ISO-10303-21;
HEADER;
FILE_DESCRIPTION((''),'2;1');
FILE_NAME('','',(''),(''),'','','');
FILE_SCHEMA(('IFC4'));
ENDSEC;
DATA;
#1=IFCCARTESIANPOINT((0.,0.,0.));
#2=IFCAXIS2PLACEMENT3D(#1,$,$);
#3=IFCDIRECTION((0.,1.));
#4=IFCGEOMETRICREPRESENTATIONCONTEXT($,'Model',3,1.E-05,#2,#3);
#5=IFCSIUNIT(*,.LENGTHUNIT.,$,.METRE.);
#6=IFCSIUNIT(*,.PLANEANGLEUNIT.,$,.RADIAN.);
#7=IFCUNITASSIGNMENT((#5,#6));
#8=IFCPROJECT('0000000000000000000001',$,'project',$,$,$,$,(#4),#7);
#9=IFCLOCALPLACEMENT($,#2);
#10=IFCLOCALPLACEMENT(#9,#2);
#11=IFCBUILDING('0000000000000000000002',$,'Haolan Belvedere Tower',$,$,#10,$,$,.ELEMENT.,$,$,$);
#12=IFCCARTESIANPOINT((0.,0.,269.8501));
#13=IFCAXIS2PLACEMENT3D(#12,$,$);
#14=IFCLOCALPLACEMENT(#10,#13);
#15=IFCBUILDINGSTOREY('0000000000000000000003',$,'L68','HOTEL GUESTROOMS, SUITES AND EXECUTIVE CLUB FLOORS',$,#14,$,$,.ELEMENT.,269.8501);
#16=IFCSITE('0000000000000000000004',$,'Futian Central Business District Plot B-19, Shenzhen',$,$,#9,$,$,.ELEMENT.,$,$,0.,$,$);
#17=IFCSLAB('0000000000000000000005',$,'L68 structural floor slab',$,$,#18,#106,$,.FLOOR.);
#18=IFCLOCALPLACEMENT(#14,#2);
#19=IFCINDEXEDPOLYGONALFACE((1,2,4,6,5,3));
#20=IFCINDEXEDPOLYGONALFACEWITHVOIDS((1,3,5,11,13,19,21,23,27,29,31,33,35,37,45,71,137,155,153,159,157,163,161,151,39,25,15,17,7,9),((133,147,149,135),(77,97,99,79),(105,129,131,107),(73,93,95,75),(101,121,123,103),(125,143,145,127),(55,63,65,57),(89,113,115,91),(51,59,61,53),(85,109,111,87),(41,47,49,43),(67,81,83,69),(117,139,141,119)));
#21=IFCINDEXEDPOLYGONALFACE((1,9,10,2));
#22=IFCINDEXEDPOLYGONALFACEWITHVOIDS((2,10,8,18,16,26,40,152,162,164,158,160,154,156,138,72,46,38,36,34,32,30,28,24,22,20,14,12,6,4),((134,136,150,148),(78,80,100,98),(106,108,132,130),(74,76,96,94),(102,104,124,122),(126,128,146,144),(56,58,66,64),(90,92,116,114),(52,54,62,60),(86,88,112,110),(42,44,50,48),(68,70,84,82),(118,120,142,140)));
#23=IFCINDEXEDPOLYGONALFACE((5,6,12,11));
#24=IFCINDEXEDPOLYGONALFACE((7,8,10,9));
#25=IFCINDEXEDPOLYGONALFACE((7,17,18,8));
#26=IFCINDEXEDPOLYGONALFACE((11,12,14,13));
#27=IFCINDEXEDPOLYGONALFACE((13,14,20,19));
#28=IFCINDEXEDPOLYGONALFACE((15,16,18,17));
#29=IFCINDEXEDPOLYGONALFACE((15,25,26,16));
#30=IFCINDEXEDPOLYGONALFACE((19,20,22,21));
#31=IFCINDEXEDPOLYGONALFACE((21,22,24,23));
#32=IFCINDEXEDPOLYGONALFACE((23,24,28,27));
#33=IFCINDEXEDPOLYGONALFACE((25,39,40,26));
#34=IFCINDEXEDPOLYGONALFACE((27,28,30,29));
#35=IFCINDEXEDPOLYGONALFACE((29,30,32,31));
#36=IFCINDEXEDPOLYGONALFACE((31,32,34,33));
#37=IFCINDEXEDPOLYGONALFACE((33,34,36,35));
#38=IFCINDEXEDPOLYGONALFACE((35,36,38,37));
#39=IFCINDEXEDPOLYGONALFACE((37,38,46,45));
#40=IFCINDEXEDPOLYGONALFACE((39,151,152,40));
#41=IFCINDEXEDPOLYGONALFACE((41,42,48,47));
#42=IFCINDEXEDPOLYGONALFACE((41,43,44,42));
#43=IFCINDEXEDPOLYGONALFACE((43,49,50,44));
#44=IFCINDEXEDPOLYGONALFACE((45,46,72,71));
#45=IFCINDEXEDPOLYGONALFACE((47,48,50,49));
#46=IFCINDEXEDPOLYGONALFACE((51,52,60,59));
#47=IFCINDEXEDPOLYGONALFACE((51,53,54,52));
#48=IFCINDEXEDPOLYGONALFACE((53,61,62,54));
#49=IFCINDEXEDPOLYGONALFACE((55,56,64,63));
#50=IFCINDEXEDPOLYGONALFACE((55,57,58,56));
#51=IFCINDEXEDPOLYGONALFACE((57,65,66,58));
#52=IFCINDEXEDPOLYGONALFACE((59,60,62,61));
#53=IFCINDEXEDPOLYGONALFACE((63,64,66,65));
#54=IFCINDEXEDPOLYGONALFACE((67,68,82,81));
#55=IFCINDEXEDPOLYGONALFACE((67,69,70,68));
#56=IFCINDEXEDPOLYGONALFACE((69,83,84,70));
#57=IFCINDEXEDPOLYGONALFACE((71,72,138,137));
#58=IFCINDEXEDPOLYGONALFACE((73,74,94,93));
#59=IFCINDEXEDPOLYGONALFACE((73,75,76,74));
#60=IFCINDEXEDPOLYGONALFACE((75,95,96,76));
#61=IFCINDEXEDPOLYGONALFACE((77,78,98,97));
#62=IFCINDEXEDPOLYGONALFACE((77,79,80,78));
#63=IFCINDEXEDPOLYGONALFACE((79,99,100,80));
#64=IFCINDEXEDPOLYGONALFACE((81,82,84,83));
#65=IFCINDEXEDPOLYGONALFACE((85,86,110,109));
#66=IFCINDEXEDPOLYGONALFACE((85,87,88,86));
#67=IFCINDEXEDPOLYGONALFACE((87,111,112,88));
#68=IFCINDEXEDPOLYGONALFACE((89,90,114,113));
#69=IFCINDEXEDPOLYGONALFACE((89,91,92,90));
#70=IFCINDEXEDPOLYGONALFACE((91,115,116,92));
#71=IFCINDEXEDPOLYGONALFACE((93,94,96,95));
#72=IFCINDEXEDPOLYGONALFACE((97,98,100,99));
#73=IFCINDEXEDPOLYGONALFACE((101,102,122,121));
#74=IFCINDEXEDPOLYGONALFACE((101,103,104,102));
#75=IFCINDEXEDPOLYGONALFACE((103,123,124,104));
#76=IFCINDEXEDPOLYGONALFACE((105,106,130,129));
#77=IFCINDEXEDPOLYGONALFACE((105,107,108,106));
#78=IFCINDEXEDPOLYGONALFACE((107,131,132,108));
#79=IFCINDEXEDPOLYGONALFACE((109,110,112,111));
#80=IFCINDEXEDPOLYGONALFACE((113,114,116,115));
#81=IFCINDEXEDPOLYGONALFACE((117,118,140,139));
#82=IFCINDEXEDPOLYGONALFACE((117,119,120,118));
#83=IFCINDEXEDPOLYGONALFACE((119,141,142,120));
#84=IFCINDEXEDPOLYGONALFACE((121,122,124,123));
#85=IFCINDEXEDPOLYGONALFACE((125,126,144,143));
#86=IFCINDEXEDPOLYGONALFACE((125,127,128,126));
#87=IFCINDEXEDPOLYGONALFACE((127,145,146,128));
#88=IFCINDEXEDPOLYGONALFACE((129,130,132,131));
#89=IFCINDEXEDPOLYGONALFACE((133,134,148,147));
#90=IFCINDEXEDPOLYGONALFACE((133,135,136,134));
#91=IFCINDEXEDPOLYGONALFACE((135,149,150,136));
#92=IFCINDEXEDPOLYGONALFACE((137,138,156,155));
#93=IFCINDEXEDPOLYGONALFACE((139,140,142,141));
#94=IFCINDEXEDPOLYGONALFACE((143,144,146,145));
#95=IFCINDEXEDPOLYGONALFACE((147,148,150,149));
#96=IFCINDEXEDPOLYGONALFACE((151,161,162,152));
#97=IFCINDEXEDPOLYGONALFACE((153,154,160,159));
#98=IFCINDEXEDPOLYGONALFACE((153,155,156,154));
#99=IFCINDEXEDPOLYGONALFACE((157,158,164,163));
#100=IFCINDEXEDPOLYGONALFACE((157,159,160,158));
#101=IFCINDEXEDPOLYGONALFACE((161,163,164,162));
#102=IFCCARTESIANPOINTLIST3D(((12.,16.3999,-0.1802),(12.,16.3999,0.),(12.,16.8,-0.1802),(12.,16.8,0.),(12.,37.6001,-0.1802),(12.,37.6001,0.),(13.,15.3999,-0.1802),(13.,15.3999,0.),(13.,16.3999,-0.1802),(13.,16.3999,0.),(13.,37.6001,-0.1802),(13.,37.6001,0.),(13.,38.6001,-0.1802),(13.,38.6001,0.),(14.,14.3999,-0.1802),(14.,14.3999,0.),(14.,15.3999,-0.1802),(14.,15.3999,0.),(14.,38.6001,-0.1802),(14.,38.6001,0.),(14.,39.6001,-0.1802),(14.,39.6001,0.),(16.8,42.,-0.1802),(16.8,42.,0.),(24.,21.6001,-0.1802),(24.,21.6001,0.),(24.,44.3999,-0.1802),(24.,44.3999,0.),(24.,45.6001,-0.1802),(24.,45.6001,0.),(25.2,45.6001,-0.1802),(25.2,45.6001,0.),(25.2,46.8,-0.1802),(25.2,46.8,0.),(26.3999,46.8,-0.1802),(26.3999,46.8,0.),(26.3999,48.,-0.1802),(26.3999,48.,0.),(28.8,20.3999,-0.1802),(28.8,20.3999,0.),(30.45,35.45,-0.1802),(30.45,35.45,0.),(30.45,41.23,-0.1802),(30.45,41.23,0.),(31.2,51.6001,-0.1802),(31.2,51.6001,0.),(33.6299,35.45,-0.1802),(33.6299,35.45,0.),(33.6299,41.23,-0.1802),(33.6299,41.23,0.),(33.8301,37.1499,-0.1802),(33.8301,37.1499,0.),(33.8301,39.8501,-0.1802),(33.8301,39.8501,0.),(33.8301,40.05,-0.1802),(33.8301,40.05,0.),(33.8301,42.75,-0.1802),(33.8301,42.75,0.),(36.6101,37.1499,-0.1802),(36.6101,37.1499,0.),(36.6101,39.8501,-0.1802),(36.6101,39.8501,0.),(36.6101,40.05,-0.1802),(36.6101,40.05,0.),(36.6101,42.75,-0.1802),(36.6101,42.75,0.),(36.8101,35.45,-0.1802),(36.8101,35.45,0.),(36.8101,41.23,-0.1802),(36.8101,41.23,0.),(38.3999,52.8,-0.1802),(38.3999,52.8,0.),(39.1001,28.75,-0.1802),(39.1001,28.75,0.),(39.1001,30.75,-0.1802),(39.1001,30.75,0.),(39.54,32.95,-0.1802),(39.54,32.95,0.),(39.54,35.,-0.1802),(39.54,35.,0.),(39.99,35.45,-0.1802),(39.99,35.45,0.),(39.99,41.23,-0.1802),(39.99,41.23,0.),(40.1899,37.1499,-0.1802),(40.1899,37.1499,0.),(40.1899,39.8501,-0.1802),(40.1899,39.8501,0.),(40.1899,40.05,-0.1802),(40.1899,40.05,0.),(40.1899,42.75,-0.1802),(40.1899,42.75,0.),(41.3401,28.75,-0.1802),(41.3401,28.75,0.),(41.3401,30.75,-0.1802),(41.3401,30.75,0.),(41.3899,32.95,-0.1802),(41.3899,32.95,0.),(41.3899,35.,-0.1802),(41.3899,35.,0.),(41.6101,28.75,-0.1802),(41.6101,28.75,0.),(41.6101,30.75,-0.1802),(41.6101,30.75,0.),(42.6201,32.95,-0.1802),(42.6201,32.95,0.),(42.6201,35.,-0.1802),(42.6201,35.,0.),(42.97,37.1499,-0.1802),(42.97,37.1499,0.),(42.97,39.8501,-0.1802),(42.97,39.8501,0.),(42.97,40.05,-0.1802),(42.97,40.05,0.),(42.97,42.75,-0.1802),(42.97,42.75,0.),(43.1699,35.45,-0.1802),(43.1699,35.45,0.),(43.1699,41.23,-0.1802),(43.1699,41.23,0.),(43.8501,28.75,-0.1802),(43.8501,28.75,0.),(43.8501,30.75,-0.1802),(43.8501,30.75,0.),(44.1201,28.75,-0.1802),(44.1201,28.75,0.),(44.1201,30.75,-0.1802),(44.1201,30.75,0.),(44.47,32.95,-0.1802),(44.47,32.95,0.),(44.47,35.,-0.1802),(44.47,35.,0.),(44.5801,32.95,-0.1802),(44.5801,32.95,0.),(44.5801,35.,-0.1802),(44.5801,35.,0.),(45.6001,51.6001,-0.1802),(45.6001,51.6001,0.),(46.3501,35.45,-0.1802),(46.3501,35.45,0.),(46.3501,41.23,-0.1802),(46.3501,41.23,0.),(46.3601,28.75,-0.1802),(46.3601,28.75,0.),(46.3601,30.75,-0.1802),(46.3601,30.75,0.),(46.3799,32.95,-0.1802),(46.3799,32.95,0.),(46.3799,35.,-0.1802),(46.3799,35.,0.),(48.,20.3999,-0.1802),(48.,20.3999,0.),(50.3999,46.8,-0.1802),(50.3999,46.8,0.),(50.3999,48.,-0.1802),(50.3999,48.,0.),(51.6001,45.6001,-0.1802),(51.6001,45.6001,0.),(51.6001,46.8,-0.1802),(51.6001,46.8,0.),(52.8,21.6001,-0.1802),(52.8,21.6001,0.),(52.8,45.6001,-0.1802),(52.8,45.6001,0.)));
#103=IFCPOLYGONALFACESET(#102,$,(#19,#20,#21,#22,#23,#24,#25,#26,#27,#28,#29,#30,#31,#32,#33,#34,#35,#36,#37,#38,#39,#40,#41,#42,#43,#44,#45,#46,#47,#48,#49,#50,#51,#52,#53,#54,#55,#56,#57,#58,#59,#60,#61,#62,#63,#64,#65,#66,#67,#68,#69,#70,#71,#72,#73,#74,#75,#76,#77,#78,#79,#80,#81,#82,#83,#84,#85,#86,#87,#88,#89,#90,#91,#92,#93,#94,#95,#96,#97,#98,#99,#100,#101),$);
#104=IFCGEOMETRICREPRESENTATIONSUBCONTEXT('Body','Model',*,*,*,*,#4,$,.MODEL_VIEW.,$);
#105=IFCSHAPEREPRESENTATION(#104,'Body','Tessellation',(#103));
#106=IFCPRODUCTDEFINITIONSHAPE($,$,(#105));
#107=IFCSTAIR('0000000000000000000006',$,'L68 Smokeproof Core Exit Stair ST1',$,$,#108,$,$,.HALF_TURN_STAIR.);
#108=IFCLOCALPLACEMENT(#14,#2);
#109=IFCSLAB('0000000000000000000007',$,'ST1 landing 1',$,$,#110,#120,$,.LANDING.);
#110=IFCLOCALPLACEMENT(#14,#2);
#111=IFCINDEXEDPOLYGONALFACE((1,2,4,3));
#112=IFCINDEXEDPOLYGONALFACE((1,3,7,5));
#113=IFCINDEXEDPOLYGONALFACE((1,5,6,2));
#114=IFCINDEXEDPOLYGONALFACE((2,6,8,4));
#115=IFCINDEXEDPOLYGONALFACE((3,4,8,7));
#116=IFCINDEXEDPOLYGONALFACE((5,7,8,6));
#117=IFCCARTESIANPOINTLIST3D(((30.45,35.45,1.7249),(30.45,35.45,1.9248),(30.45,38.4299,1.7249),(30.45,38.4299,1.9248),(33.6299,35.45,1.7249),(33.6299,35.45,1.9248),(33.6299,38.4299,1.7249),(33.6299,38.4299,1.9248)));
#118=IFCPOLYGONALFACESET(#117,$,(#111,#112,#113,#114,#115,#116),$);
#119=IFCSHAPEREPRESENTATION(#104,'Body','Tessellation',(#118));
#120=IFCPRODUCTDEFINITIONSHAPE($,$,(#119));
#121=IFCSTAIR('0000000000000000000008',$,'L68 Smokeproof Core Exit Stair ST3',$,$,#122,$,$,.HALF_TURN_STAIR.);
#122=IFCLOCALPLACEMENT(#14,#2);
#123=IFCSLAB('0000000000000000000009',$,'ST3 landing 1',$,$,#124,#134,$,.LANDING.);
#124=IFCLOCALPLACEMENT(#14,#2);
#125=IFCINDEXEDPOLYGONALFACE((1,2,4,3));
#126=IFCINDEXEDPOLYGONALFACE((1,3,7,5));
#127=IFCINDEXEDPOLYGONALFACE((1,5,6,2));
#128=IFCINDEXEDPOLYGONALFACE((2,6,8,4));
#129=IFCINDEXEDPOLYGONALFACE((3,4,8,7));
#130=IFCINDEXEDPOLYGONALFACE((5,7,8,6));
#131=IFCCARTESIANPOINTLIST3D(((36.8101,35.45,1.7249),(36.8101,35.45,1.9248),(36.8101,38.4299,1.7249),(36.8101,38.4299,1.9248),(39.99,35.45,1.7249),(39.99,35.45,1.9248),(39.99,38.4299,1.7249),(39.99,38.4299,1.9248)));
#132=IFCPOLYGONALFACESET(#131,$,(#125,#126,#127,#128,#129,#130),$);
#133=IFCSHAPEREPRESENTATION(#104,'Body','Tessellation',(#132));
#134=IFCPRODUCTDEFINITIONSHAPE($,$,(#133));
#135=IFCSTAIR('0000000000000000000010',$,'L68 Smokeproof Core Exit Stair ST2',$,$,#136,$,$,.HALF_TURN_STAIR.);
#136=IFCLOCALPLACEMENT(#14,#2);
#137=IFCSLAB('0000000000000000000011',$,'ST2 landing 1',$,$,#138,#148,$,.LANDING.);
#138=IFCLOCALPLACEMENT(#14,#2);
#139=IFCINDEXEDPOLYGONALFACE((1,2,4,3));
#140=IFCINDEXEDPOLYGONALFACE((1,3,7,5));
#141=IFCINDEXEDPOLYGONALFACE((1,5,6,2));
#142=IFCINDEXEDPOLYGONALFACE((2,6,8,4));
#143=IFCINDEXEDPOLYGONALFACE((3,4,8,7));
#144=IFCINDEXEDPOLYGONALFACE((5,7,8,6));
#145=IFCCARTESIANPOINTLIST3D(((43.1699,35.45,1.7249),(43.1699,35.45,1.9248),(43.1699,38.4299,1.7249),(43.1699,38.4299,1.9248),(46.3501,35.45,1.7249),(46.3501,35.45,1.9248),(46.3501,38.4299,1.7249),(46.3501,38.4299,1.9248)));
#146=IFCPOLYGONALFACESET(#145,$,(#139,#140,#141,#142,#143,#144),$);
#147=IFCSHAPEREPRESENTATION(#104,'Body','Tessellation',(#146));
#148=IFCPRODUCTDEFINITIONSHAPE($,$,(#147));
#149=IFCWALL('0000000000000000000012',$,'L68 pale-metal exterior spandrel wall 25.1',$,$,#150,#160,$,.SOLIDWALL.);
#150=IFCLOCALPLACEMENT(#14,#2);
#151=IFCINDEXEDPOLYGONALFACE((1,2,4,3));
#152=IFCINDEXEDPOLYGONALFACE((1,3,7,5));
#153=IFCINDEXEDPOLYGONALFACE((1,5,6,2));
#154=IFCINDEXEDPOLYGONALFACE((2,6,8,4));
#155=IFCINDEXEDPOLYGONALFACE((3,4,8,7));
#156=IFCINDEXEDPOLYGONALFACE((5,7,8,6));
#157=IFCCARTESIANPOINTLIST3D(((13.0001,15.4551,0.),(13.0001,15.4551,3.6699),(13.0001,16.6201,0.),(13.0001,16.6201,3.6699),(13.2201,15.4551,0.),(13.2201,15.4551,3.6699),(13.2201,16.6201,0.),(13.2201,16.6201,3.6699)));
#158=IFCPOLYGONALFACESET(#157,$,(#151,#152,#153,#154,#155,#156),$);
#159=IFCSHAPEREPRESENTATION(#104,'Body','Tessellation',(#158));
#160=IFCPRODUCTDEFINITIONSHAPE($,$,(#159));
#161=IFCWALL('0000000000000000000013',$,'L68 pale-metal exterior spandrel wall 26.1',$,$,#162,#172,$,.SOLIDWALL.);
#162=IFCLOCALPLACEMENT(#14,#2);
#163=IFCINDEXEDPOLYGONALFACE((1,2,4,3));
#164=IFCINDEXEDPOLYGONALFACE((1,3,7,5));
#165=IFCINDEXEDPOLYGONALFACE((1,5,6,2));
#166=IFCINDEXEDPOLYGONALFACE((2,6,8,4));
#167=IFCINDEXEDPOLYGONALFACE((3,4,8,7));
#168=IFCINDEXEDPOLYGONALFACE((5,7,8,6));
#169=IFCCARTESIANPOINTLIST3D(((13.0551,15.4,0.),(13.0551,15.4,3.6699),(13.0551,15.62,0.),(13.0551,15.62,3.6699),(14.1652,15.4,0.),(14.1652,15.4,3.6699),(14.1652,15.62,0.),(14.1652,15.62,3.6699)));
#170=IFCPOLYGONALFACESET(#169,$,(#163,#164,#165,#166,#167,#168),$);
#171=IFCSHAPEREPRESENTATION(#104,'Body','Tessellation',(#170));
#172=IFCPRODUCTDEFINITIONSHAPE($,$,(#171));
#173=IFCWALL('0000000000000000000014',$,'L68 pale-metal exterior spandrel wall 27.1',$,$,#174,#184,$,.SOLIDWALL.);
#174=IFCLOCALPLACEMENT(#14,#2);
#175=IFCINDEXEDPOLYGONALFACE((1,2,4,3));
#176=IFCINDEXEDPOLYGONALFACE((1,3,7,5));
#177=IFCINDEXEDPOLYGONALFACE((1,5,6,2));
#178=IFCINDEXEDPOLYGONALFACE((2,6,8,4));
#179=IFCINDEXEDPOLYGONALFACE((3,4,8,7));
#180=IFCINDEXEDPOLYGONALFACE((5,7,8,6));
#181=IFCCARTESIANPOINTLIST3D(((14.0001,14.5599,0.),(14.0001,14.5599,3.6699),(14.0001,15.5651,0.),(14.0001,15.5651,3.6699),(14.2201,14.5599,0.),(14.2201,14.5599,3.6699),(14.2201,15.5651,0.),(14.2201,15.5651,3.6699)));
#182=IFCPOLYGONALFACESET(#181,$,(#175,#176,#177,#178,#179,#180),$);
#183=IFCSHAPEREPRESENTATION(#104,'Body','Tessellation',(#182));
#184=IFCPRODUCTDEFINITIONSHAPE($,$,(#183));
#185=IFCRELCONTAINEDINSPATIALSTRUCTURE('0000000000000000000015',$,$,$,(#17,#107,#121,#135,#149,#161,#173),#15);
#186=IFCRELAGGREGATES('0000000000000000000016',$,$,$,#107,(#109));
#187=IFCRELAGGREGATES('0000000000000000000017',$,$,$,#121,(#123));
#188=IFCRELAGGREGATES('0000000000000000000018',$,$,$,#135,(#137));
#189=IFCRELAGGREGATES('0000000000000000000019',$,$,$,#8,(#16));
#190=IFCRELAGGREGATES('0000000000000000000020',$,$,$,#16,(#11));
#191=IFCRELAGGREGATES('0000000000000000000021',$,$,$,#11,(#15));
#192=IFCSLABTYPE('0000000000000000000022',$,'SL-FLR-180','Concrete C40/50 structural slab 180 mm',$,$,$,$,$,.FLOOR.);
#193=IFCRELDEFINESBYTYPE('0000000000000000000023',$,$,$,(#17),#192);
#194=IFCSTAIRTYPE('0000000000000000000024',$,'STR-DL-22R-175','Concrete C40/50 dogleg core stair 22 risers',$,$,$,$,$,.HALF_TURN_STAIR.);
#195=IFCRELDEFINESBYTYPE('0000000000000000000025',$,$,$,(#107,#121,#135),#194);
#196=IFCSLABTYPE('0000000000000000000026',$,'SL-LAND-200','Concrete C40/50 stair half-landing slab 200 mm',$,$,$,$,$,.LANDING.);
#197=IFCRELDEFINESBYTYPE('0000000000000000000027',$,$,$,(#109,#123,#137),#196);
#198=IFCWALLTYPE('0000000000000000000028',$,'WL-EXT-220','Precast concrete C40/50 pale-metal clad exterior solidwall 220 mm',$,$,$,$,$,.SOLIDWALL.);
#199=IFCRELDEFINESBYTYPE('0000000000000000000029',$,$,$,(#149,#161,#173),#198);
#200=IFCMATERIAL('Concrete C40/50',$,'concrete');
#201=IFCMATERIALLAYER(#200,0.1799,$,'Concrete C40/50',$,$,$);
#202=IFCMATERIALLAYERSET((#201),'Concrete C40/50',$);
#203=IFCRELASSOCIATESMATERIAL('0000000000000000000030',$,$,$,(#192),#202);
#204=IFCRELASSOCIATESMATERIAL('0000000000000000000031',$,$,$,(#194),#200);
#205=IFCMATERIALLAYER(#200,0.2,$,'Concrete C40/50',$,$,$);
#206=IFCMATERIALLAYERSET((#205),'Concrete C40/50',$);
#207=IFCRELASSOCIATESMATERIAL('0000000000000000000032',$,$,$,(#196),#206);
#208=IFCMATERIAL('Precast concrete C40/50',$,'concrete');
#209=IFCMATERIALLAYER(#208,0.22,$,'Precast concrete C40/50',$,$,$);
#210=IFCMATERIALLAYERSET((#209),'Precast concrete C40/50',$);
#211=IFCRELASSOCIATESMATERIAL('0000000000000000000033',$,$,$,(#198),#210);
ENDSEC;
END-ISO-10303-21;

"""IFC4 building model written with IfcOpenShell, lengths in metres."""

from ifc_helpers import new_model, si_unit, direction, frame, frame_2d, origin, place, context, subcontext, project, spatial, polyline, rectangle, outline, extrude, material, layer, layer_set, type_object, element, aggregate, save


model = new_model("IFC4")

# Units and contexts
model_context = context("Model", 3, precision=1e-05, world=origin(), true_north=direction((0.0, 1.0)))
body_context = subcontext(model_context, "Body", "Model", "MODEL_VIEW")
ifc_project = project(units=[si_unit("LENGTHUNIT", "METRE"), si_unit("PLANEANGLEUNIT", "RADIAN")], contexts=[model_context])

# Site, building, storey
site_placement = place(None, origin())
site = spatial("IfcSite", under=ifc_project, at=site_placement, Name="Futian Central Business District Plot B-19, Shenzhen", CompositionType="ELEMENT", RefElevation=0.0)
building_placement = place(site_placement, origin())
building = spatial("IfcBuilding", under=site, at=building_placement, Name="Haolan Belvedere Tower", CompositionType="ELEMENT")
storey_placement = place(building_placement, frame((0.0, 0.0, 269.8501)))
storey = spatial("IfcBuildingStorey", under=building, at=storey_placement, Name="L68", Description="HOTEL GUESTROOMS, SUITES AND EXECUTIVE CLUB FLOORS", CompositionType="ELEMENT", Elevation=269.8501)

# Slab
ifc_material_1 = material(Name="Concrete C40/50", Category="concrete")
ifc_layer_1 = layer(ifc_material_1, 0.1799, Name="Concrete C40/50")
ifc_layer_set_1 = layer_set([ifc_layer_1], Name="Concrete C40/50")
slab_type_1 = type_object("IfcSlabType", Name="SL-FLR-180", Description="Concrete C40/50 structural slab 180 mm", PredefinedType="FLOOR", material=ifc_layer_set_1)
slab_1_placement = place(storey_placement, frame((0.0, 0.0, -0.1802)))
element("IfcSlab", 1, at=slab_1_placement, inside=storey, type_object=slab_type_1, Name="L68 structural floor slab", PredefinedType="FLOOR", context=body_context, shape_type="SweptSolid", body=[
    extrude(outline(polyline([(24.0, 21.6001), (28.8, 20.3999), (48.0, 20.3999), (52.8, 21.6001), (52.8, 45.6001), (51.6001, 45.6001), (51.6001, 46.8), (50.3999, 46.8), (50.3999, 48.0), (45.6001, 51.6001), (38.3999, 52.8), (31.2, 51.6001), (26.3999, 48.0), (26.3999, 46.8), (25.2, 46.8), (25.2, 45.6001), (24.0, 45.6001), (24.0, 44.3999), (16.8, 42.0), (14.0, 39.6001), (14.0, 38.6001), (13.0, 38.6001), (13.0, 37.6001), (12.0, 37.6001), (12.0, 16.8), (12.0, 16.3999), (13.0, 16.3999), (13.0, 15.3999), (14.0, 15.3999), (14.0, 14.3999), (24.0, 21.6001)]), holes=[polyline([(30.45, 41.23), (30.45, 35.45), (33.6299, 35.45), (33.6299, 41.23), (30.45, 41.23)]), polyline([(36.8101, 41.23), (36.8101, 35.45), (39.99, 35.45), (39.99, 41.23), (36.8101, 41.23)]), polyline([(43.1699, 41.23), (43.1699, 35.45), (46.3501, 35.45), (46.3501, 41.23), (43.1699, 41.23)]), polyline([(33.8301, 40.05), (36.6101, 40.05), (36.6101, 42.75), (33.8301, 42.75), (33.8301, 40.05)]), polyline([(33.8301, 37.1499), (36.6101, 37.1499), (36.6101, 39.8501), (33.8301, 39.8501), (33.8301, 37.1499)]), polyline([(40.1899, 40.05), (42.97, 40.05), (42.97, 42.75), (40.1899, 42.75), (40.1899, 40.05)]), polyline([(40.1899, 37.1499), (42.97, 37.1499), (42.97, 39.8501), (40.1899, 39.8501), (40.1899, 37.1499)]), polyline([(39.54, 32.95), (41.3899, 32.95), (41.3899, 35.0), (39.54, 35.0), (39.54, 32.95)]), polyline([(42.6201, 32.95), (44.47, 32.95), (44.47, 35.0), (42.6201, 35.0), (42.6201, 32.95)]), polyline([(44.5801, 32.95), (46.3799, 32.95), (46.3799, 35.0), (44.5801, 35.0), (44.5801, 32.95)]), polyline([(39.1001, 28.75), (41.3401, 28.75), (41.3401, 30.75), (39.1001, 30.75), (39.1001, 28.75)]), polyline([(41.6101, 28.75), (43.8501, 28.75), (43.8501, 30.75), (41.6101, 30.75), (41.6101, 28.75)]), polyline([(44.1201, 28.75), (46.3601, 28.75), (46.3601, 30.75), (44.1201, 30.75), (44.1201, 28.75)])]), origin(), (0.0, 0.0, 1.0), 0.1802),
])

# Stairs, slabs
stair_type = type_object("IfcStairType", Name="STR-DL-22R-175", Description="Concrete C40/50 dogleg core stair 22 risers", PredefinedType="HALF_TURN_STAIR", material=ifc_material_1)
stair_1_placement = place(storey_placement, origin())
stair_1 = element("IfcStair", 2, at=stair_1_placement, inside=storey, type_object=stair_type, Name="L68 Smokeproof Core Exit Stair ST1", PredefinedType="HALF_TURN_STAIR")
ifc_layer_2 = layer(ifc_material_1, 0.2, Name="Concrete C40/50")
ifc_layer_set_2 = layer_set([ifc_layer_2], Name="Concrete C40/50")
slab_type_2 = type_object("IfcSlabType", Name="SL-LAND-200", Description="Concrete C40/50 stair half-landing slab 200 mm", PredefinedType="LANDING", material=ifc_layer_set_2)
slab_2_placement = place(storey_placement, frame((0.0, 0.0, 1.7249)))
slab_2 = element("IfcSlab", 3, at=slab_2_placement, type_object=slab_type_2, Name="ST1 landing 1", PredefinedType="LANDING", context=body_context, shape_type="SweptSolid", body=[
    extrude(outline(polyline([(30.45, 38.4299), (30.45, 35.45), (33.6299, 35.45), (33.6299, 38.4299), (30.45, 38.4299)])), origin(), (0.0, 0.0, 1.0), 0.2),
])
aggregate(stair_1, [slab_2])
stair_2_placement = place(storey_placement, origin())
stair_2 = element("IfcStair", 4, at=stair_2_placement, inside=storey, type_object=stair_type, Name="L68 Smokeproof Core Exit Stair ST3", PredefinedType="HALF_TURN_STAIR")
slab_3_placement = place(storey_placement, frame((0.0, 0.0, 1.7249)))
slab_3 = element("IfcSlab", 5, at=slab_3_placement, type_object=slab_type_2, Name="ST3 landing 1", PredefinedType="LANDING", context=body_context, shape_type="SweptSolid", body=[
    extrude(outline(polyline([(36.8101, 38.4299), (36.8101, 35.45), (39.99, 35.45), (39.99, 38.4299), (36.8101, 38.4299)])), origin(), (0.0, 0.0, 1.0), 0.2),
])
aggregate(stair_2, [slab_3])
stair_3_placement = place(storey_placement, origin())
stair_3 = element("IfcStair", 6, at=stair_3_placement, inside=storey, type_object=stair_type, Name="L68 Smokeproof Core Exit Stair ST2", PredefinedType="HALF_TURN_STAIR")
slab_4_placement = place(storey_placement, frame((0.0, 0.0, 1.7249)))
slab_4 = element("IfcSlab", 7, at=slab_4_placement, type_object=slab_type_2, Name="ST2 landing 1", PredefinedType="LANDING", context=body_context, shape_type="SweptSolid", body=[
    extrude(outline(polyline([(43.1699, 38.4299), (43.1699, 35.45), (46.3501, 35.45), (46.3501, 38.4299), (43.1699, 38.4299)])), origin(), (0.0, 0.0, 1.0), 0.2),
])
aggregate(stair_3, [slab_4])

# Walls
ifc_material_2 = material(Name="Precast concrete C40/50", Category="concrete")
ifc_layer_3 = layer(ifc_material_2, 0.22, Name="Precast concrete C40/50")
ifc_layer_set_3 = layer_set([ifc_layer_3], Name="Precast concrete C40/50")
wall_type_1 = type_object("IfcWallType", Name="WL-EXT-220", Description="Precast concrete C40/50 pale-metal clad exterior solidwall 220 mm", PredefinedType="SOLIDWALL", material=ifc_layer_set_3)
wall_1_placement = place(storey_placement, frame((13.1101, 16.6201, 0.0), z_axis=(0.0, 0.0, 1.0), x_axis=(0.0, -1.0, 0.0)))
element("IfcWall", 8, at=wall_1_placement, inside=storey, type_object=wall_type_1, Name="L68 pale-metal exterior spandrel wall 25.1", PredefinedType="SOLIDWALL", context=body_context, shape_type="SweptSolid", body=[
    extrude(rectangle(XDim=1.165, YDim=0.22, at=frame_2d((0.5825, 0.0))), origin(), (0.0, 0.0, 1.0), 3.6699),
])
wall_2_placement = place(storey_placement, frame((13.0549, 15.51, 0.0), z_axis=(0.0, 0.0, 1.0), x_axis=(1.0, 0.0, 0.0)))
element("IfcWall", 9, at=wall_2_placement, inside=storey, type_object=wall_type_1, Name="L68 pale-metal exterior spandrel wall 26.1", PredefinedType="SOLIDWALL", context=body_context, shape_type="SweptSolid", body=[
    extrude(rectangle(XDim=1.1101, YDim=0.22, at=frame_2d((0.5552, 0.0))), origin(), (0.0, 0.0, 1.0), 3.6699),
])
wall_3_placement = place(storey_placement, frame((14.1101, 15.5649, 0.0), z_axis=(0.0, 0.0, 1.0), x_axis=(0.0, -1.0, 0.0)))
element("IfcWall", 10, at=wall_3_placement, inside=storey, type_object=wall_type_1, Name="L68 pale-metal exterior spandrel wall 27.1", PredefinedType="SOLIDWALL", context=body_context, shape_type="SweptSolid", body=[
    extrude(rectangle(XDim=1.0051, YDim=0.22, at=frame_2d((0.5024, 0.0))), origin(), (0.0, 0.0, 1.0), 3.6699),
])

save(model, "model.ifc")
